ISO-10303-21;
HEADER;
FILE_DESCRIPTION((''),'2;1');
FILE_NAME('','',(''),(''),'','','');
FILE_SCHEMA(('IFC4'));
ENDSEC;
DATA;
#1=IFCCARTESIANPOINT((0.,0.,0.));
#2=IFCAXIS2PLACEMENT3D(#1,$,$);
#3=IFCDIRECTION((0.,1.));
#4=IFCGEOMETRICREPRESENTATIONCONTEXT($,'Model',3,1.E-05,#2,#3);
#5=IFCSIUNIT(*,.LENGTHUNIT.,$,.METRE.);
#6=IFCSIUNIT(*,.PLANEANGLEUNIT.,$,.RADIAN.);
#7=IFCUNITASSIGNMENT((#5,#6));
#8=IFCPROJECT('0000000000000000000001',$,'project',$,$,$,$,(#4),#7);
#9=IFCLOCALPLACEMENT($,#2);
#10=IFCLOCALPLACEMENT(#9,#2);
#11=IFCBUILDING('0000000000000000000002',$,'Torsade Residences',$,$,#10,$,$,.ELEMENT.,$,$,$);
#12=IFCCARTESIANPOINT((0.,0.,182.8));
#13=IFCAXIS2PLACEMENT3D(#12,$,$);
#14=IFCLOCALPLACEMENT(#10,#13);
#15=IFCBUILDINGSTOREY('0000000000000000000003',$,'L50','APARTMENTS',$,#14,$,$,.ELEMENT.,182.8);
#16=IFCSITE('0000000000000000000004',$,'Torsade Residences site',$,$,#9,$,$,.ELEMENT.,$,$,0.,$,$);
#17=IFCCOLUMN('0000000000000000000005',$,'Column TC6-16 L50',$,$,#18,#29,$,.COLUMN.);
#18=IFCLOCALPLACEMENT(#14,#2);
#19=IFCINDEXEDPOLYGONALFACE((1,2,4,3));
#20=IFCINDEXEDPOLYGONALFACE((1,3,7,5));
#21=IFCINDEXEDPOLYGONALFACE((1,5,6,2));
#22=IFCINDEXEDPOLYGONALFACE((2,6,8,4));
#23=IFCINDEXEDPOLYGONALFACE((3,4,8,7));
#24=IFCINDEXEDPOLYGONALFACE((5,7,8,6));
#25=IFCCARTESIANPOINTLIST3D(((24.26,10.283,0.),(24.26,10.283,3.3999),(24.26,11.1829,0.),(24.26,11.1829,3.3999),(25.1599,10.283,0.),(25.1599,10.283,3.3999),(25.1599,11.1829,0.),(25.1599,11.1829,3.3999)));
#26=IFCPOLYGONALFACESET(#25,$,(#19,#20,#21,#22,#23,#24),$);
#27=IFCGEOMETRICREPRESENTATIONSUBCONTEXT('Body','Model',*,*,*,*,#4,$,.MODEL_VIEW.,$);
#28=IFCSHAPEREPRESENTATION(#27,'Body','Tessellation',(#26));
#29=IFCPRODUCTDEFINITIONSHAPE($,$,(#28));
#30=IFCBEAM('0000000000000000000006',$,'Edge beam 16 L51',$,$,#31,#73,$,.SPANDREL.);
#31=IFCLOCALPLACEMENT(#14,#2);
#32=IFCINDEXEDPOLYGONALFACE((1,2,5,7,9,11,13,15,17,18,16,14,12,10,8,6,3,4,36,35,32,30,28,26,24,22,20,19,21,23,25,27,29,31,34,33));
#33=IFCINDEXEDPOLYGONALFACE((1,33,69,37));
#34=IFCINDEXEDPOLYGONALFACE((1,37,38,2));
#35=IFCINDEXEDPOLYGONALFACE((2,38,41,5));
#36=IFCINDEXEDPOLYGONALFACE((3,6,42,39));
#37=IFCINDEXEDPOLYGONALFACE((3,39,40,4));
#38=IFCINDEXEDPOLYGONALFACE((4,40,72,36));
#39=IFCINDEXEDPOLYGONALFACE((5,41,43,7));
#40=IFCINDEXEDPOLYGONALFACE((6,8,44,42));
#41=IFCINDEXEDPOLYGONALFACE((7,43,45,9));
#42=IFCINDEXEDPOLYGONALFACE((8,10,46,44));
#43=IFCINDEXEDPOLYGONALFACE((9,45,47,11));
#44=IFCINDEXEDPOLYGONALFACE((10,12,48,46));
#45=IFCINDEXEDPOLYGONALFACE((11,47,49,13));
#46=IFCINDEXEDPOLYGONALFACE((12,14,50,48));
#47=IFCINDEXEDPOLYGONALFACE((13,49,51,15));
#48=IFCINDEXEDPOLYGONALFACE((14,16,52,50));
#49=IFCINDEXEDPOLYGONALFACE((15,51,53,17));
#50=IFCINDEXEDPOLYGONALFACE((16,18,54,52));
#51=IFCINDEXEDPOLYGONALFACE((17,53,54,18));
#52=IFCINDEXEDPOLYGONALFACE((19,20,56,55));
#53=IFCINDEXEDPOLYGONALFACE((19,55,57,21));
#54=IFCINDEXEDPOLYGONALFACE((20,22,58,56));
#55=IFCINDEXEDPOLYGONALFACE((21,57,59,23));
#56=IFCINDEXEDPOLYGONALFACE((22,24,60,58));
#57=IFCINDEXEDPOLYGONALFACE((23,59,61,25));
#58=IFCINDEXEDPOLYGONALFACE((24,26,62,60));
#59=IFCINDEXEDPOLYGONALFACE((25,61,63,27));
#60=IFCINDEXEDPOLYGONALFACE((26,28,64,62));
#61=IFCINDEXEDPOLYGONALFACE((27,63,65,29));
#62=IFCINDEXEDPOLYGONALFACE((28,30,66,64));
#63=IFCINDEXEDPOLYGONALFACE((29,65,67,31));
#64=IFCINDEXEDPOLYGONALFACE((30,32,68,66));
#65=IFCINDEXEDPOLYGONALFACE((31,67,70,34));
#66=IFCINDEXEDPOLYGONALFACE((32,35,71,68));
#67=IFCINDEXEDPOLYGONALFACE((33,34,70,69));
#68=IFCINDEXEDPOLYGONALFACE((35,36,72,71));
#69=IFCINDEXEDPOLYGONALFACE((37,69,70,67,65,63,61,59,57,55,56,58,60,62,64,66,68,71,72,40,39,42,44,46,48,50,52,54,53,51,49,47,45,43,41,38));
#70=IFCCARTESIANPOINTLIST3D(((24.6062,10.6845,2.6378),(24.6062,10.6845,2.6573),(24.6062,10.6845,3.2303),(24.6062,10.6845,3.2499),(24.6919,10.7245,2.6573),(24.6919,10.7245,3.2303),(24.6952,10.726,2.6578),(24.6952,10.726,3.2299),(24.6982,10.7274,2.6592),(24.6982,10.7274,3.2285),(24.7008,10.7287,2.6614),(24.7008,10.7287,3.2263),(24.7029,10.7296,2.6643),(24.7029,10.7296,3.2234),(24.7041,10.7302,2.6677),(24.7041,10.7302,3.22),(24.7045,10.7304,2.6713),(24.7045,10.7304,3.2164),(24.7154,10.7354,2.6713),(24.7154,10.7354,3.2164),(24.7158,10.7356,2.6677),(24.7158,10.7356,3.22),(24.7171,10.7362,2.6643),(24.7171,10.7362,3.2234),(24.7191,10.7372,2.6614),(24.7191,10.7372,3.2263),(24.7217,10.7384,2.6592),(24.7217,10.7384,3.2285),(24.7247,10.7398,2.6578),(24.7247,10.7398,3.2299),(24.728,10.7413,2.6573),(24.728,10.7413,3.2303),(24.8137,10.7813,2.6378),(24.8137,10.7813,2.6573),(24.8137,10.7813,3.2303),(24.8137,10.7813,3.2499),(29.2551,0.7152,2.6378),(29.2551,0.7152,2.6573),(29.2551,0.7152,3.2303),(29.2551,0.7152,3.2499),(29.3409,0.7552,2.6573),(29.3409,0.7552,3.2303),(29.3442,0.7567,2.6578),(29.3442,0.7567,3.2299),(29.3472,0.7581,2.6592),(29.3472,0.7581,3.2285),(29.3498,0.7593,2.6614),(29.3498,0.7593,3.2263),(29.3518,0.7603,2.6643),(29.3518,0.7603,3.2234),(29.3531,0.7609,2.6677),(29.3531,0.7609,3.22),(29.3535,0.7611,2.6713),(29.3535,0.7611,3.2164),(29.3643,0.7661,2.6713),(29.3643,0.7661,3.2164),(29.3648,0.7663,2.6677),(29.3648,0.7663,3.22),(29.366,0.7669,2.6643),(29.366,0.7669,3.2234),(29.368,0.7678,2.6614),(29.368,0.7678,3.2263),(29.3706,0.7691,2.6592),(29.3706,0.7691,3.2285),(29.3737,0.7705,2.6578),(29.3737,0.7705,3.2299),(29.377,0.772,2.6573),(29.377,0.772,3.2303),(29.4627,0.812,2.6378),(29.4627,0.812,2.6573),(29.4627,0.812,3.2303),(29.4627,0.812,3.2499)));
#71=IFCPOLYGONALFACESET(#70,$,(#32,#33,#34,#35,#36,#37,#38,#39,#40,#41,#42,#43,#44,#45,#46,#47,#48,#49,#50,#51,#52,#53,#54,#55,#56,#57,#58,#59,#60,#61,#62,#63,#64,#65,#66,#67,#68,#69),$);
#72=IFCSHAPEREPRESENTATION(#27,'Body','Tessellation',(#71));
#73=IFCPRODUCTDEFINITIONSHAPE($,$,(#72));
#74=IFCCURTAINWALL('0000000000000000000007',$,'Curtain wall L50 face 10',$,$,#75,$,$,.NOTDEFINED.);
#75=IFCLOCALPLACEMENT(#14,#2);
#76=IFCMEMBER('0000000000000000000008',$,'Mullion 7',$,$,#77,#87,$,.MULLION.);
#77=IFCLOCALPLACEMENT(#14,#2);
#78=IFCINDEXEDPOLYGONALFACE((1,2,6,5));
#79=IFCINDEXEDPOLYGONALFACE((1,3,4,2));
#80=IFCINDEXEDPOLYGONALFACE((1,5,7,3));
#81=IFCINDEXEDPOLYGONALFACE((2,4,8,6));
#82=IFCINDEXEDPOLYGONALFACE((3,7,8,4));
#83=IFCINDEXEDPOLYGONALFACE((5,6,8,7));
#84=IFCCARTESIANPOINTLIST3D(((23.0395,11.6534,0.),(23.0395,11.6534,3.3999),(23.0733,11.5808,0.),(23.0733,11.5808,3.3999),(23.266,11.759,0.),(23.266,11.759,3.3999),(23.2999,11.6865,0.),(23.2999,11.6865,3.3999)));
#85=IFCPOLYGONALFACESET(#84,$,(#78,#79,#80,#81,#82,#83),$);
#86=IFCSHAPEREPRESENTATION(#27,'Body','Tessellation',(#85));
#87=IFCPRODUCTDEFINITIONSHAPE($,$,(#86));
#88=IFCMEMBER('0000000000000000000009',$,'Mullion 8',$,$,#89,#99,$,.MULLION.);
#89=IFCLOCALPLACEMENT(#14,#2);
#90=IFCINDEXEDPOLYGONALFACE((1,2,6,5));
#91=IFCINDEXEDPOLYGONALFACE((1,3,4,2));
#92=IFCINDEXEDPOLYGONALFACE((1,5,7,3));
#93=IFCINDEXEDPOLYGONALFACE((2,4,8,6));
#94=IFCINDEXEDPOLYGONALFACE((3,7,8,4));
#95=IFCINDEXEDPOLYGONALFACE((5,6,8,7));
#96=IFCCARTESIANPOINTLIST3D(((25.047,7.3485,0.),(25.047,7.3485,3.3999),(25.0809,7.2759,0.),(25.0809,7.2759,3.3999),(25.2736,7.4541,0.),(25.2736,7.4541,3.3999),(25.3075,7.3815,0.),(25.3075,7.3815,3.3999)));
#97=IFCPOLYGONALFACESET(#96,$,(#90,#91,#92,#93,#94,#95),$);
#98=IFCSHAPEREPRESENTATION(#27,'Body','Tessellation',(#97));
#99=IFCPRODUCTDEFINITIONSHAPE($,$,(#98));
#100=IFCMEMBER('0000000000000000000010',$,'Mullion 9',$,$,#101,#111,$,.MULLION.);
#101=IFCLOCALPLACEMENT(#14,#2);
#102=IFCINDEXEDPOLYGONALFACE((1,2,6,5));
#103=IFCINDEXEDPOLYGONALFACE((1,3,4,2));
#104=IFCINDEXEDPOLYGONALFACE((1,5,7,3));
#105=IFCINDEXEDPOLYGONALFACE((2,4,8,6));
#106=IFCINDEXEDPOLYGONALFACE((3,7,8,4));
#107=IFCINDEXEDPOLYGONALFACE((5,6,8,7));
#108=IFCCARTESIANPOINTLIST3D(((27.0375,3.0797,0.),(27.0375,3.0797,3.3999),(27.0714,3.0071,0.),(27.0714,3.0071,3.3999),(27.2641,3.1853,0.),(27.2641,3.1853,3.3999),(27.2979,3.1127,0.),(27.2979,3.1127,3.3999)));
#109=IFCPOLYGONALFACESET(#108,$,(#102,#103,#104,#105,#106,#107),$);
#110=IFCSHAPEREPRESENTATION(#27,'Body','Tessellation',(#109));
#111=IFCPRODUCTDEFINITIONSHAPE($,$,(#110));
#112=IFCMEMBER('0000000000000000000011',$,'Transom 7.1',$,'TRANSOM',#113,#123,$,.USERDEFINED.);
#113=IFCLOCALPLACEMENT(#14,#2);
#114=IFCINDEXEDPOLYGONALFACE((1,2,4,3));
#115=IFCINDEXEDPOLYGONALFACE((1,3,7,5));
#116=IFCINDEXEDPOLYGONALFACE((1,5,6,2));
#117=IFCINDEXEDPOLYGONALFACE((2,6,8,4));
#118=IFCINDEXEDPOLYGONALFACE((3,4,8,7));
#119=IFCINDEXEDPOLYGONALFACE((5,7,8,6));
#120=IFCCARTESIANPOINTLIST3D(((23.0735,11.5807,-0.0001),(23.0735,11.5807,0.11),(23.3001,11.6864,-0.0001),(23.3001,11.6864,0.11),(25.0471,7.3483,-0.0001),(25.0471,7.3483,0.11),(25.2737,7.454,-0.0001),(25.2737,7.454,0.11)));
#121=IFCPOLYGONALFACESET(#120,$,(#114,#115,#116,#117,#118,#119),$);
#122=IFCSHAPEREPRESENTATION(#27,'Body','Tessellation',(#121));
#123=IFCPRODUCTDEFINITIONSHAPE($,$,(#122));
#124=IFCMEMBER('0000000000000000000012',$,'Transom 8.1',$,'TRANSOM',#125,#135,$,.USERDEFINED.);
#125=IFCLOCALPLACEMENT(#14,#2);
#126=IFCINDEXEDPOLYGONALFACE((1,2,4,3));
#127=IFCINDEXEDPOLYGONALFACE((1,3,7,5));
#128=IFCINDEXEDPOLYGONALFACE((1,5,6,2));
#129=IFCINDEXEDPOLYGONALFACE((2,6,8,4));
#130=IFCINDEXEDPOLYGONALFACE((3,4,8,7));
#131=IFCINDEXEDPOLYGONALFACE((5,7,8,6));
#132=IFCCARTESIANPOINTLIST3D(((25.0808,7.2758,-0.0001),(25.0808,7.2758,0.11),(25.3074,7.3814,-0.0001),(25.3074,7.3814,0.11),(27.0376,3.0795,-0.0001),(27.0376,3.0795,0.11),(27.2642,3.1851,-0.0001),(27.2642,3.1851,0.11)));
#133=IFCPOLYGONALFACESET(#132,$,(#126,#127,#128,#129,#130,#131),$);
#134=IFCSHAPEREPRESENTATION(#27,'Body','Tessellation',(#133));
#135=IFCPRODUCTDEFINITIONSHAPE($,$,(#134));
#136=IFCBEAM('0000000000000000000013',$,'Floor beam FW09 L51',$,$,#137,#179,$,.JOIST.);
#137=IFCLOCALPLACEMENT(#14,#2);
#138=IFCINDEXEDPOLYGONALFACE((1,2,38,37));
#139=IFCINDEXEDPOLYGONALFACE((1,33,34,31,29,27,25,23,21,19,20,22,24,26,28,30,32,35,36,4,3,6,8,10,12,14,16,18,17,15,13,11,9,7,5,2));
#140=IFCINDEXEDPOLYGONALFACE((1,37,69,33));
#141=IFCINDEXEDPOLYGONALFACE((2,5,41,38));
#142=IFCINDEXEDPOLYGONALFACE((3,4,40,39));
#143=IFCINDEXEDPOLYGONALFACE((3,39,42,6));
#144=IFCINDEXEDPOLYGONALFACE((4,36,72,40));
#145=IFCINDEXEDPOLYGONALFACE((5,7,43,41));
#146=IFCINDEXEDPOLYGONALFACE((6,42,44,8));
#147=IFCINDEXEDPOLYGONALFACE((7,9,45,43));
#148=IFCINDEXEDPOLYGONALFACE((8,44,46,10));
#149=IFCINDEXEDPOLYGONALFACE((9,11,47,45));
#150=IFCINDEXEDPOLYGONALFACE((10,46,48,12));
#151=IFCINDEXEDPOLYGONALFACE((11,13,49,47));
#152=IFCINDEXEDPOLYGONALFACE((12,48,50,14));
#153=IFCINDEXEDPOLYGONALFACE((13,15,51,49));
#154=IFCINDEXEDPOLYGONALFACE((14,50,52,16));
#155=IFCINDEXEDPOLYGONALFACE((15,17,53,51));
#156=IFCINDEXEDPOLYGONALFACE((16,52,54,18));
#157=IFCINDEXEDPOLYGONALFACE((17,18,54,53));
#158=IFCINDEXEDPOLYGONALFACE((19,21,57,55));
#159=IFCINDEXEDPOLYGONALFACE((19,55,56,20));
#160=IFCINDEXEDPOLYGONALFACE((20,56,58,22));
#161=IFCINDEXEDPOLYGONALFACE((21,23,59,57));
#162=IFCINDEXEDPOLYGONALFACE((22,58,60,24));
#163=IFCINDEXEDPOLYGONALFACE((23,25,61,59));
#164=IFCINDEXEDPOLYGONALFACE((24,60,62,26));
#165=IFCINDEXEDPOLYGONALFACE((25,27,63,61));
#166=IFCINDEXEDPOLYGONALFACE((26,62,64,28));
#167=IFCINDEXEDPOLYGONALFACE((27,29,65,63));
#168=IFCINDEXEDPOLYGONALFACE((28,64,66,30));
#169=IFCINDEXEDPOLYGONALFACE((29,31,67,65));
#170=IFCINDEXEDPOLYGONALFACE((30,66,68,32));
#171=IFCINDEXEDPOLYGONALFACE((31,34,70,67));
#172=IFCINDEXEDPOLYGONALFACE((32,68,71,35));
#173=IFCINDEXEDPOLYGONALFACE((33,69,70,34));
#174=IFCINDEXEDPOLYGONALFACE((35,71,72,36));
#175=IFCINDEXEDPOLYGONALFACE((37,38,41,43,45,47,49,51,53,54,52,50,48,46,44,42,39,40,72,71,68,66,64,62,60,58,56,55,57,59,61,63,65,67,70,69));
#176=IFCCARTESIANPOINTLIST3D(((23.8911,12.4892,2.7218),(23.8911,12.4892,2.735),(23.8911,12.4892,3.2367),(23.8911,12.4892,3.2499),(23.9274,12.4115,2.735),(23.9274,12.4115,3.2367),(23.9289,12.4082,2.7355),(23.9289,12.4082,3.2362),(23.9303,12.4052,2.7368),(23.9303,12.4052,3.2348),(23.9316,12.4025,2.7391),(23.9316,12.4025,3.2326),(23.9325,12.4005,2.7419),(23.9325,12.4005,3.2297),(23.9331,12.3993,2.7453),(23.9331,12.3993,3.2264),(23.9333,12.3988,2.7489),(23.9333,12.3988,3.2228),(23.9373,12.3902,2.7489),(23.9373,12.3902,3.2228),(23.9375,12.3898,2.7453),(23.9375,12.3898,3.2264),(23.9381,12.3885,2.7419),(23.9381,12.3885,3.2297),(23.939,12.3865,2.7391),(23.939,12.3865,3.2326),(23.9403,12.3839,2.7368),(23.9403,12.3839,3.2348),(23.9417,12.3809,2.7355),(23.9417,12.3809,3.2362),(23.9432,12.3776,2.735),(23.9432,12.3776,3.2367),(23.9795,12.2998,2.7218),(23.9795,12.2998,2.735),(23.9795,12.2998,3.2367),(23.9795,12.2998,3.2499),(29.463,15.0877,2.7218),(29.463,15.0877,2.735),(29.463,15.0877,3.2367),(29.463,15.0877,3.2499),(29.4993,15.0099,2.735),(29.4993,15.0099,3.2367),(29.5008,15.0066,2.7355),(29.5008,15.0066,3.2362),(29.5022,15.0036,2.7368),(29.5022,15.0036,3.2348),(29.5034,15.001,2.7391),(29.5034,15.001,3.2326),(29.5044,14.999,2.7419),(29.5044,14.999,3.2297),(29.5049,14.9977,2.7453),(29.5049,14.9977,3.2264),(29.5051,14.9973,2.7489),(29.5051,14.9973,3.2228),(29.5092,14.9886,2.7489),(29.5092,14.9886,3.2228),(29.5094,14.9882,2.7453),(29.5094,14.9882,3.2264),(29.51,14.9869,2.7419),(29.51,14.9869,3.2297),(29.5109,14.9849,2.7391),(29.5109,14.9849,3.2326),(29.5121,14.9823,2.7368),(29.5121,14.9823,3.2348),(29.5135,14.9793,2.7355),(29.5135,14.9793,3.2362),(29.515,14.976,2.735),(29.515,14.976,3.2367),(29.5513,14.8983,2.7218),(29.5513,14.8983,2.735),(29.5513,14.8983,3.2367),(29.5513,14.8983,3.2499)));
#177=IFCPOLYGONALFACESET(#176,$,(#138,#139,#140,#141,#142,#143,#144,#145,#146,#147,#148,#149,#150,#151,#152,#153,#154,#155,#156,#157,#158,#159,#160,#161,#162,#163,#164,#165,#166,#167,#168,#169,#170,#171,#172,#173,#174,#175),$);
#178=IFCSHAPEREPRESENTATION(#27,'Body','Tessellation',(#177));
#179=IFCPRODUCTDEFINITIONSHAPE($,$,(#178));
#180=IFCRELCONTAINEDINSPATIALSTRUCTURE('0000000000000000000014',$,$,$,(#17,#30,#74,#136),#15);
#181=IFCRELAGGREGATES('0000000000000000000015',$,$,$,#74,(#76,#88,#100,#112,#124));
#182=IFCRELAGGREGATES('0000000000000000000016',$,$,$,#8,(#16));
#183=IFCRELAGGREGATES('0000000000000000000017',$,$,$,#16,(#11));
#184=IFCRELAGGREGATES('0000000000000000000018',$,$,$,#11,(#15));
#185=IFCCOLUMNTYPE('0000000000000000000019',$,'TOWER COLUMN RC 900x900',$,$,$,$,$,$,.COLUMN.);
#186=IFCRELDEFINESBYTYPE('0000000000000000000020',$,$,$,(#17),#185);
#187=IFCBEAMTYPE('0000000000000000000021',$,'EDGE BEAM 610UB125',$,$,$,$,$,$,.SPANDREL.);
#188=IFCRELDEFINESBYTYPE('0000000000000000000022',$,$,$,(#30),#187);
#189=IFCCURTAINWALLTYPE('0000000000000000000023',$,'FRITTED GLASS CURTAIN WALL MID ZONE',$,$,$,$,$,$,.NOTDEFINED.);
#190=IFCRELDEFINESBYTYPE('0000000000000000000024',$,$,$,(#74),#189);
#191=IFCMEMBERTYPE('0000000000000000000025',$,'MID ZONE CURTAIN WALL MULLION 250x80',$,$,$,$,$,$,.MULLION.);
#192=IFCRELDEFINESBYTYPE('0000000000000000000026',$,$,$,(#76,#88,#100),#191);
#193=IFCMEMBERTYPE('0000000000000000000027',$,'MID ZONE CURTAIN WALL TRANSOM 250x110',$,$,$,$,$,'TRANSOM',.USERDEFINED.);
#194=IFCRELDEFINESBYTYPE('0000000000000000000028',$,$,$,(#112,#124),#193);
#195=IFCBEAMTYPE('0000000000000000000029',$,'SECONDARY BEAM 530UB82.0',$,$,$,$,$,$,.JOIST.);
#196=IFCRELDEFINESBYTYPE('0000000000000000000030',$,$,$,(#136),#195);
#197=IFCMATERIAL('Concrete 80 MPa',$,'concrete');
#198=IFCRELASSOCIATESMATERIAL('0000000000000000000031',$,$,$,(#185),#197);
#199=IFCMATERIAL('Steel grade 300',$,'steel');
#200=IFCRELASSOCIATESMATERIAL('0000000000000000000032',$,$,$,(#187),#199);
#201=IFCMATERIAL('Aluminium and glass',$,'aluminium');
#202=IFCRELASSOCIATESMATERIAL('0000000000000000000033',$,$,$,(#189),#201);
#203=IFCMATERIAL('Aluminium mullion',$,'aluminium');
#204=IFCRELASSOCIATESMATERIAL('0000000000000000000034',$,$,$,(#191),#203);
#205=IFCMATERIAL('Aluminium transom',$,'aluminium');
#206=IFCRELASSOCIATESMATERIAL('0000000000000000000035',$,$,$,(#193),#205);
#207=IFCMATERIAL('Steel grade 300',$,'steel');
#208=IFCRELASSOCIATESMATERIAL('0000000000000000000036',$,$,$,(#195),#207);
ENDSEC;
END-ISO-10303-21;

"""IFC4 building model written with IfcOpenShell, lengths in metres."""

from ifc_helpers import new_model, si_unit, direction, frame, origin, origin_2d, place, context, subcontext, project, spatial, rectangle, i_section, extrude, material, material_profile, profile_set, type_object, element, aggregate, save


model = new_model("IFC4")

# Units and contexts
model_context = context("Model", 3, precision=1e-05, world=origin(), true_north=direction((0.0, 1.0)))
body_context = subcontext(model_context, "Body", "Model", "MODEL_VIEW")
ifc_project = project(units=[si_unit("LENGTHUNIT", "METRE"), si_unit("PLANEANGLEUNIT", "RADIAN")], contexts=[model_context])

# Site, building, storey
site_placement = place(None, origin())
site = spatial("IfcSite", under=ifc_project, at=site_placement, Name="Torsade Residences site", CompositionType="ELEMENT", RefElevation=0.0)
building_placement = place(site_placement, origin())
building = spatial("IfcBuilding", under=site, at=building_placement, Name="Torsade Residences", CompositionType="ELEMENT")
storey_placement = place(building_placement, frame((0.0, 0.0, 182.8)))
storey = spatial("IfcBuildingStorey", under=building, at=storey_placement, Name="L50", Description="APARTMENTS", CompositionType="ELEMENT", Elevation=182.8)

# Column
ifc_material_1 = material(Name="Concrete 80 MPa", Category="concrete")
ifc_material_profile_1 = material_profile(ifc_material_1, rectangle(XDim=0.8999, YDim=0.8999, at=origin_2d()), Name="RC 900x900")
ifc_profile_set_1 = profile_set([ifc_material_profile_1], Name="Concrete 80 MPa")
column_type = type_object("IfcColumnType", Name="TOWER COLUMN RC 900x900", PredefinedType="COLUMN", material=ifc_profile_set_1)
column_placement = place(storey_placement, frame((24.71, 10.7329, 0.0), z_axis=(0.0, 0.0, 1.0), x_axis=(1.0, 0.0, 0.0)))
element("IfcColumn", 1, at=column_placement, inside=storey, type_object=column_type, Name="Column TC6-16 L50", PredefinedType="COLUMN", context=body_context, shape_type="SweptSolid", body=[
    extrude(rectangle(XDim=0.8999, YDim=0.8999, at=origin_2d()), origin(), (0.0, 0.0, 1.0), 3.3999),
])

# Beam
ifc_material_2 = material(Name="Steel grade 300", Category="steel")
ifc_material_profile_2 = material_profile(ifc_material_2, i_section(OverallWidth=0.229, OverallDepth=0.6121, WebThickness=0.012, FlangeThickness=0.0195, FilletRadius=0.0139, at=origin_2d()), Name="610UB125")
ifc_profile_set_2 = profile_set([ifc_material_profile_2], Name="Steel grade 300")
beam_type_1 = type_object("IfcBeamType", Name="EDGE BEAM 610UB125", PredefinedType="SPANDREL", material=ifc_profile_set_2)
beam_1_placement = place(storey_placement, frame((24.71, 10.7329, 2.9438), z_axis=(0.422633, -0.906301, 0.0), x_axis=(0.906301, 0.422633, 0.0)))
element("IfcBeam", 2, at=beam_1_placement, inside=storey, type_object=beam_type_1, Name="Edge beam 16 L51", PredefinedType="SPANDREL", context=body_context, shape_type="SweptSolid", body=[
    extrude(i_section(OverallWidth=0.229, OverallDepth=0.6121, WebThickness=0.012, FlangeThickness=0.0195, FilletRadius=0.0139, at=origin_2d()), origin(), (0.0, 0.0, 1.0), 11.0),
])

# Curtain wall, members
ifc_material_3 = material(Name="Aluminium and glass", Category="aluminium")
curtain_wall_type = type_object("IfcCurtainWallType", Name="FRITTED GLASS CURTAIN WALL MID ZONE", PredefinedType="NOTDEFINED", material=ifc_material_3)
curtain_wall_placement = place(storey_placement, origin())
curtain_wall = element("IfcCurtainWall", 3, at=curtain_wall_placement, inside=storey, type_object=curtain_wall_type, Name="Curtain wall L50 face 10", PredefinedType="NOTDEFINED")
ifc_material_4 = material(Name="Aluminium mullion", Category="aluminium")
ifc_material_profile_3 = material_profile(ifc_material_4, rectangle(XDim=0.25, YDim=0.0801, at=origin_2d()), Name="MID ZONE CURTAIN WALL MULLION 250x80")
ifc_profile_set_3 = profile_set([ifc_material_profile_3], Name="Aluminium mullion")
member_type_1 = type_object("IfcMemberType", Name="MID ZONE CURTAIN WALL MULLION 250x80", PredefinedType="MULLION", material=ifc_profile_set_3)
member_1_placement = place(storey_placement, frame((23.1697, 11.6699, 0.0), z_axis=(0.0, 0.0, 1.0), x_axis=(0.906308, 0.422618, 0.0)))
member_1 = element("IfcMember", 4, at=member_1_placement, type_object=member_type_1, Name="Mullion 7", PredefinedType="MULLION", context=body_context, shape_type="SweptSolid", body=[
    extrude(rectangle(XDim=0.25, YDim=0.0801, at=origin_2d()), origin(), (0.0, 0.0, 1.0), 3.3999),
])
member_2_placement = place(storey_placement, frame((25.1772, 7.365, 0.0), z_axis=(0.0, 0.0, 1.0), x_axis=(0.906308, 0.422618, 0.0)))
member_2 = element("IfcMember", 5, at=member_2_placement, type_object=member_type_1, Name="Mullion 8", PredefinedType="MULLION", context=body_context, shape_type="SweptSolid", body=[
    extrude(rectangle(XDim=0.25, YDim=0.0801, at=origin_2d()), origin(), (0.0, 0.0, 1.0), 3.3999),
])
member_3_placement = place(storey_placement, frame((27.1677, 3.0962, 0.0), z_axis=(0.0, 0.0, 1.0), x_axis=(0.906308, 0.422618, 0.0)))
member_3 = element("IfcMember", 6, at=member_3_placement, type_object=member_type_1, Name="Mullion 9", PredefinedType="MULLION", context=body_context, shape_type="SweptSolid", body=[
    extrude(rectangle(XDim=0.25, YDim=0.0801, at=origin_2d()), origin(), (0.0, 0.0, 1.0), 3.3999),
])
ifc_material_5 = material(Name="Aluminium transom", Category="aluminium")
ifc_material_profile_4 = material_profile(ifc_material_5, rectangle(XDim=0.25, YDim=0.1101, at=origin_2d()), Name="MID ZONE CURTAIN WALL TRANSOM 250x110")
ifc_profile_set_4 = profile_set([ifc_material_profile_4], Name="Aluminium transom")
member_type_2 = type_object("IfcMemberType", Name="MID ZONE CURTAIN WALL TRANSOM 250x110", ElementType="TRANSOM", PredefinedType="USERDEFINED", material=ifc_profile_set_4)
member_4_placement = place(storey_placement, frame((23.1868, 11.6335, 0.0549), z_axis=(0.422622, -0.906306, 0.0), x_axis=(0.906306, 0.422622, 0.0)))
member_4 = element("IfcMember", 7, at=member_4_placement, type_object=member_type_2, Name="Transom 7.1", ObjectType="TRANSOM", PredefinedType="USERDEFINED", context=body_context, shape_type="SweptSolid", body=[
    extrude(rectangle(XDim=0.25, YDim=0.1101, at=origin_2d()), origin(), (0.0, 0.0, 1.0), 4.6699),
])
member_5_placement = place(storey_placement, frame((25.1941, 7.3286, 0.0549), z_axis=(0.422623, -0.906306, 0.0), x_axis=(0.906306, 0.422623, 0.0)))
member_5 = element("IfcMember", 8, at=member_5_placement, type_object=member_type_2, Name="Transom 8.1", ObjectType="TRANSOM", PredefinedType="USERDEFINED", context=body_context, shape_type="SweptSolid", body=[
    extrude(rectangle(XDim=0.25, YDim=0.1101, at=origin_2d()), origin(), (0.0, 0.0, 1.0), 4.6301),
])

# Beam
ifc_material_6 = material(Name="Steel grade 300", Category="steel")
ifc_material_profile_5 = material_profile(ifc_material_6, i_section(OverallWidth=0.209, OverallDepth=0.5281, WebThickness=0.0095, FlangeThickness=0.0132, FilletRadius=0.0139, at=origin_2d()), Name="530UB82.0")
ifc_profile_set_5 = profile_set([ifc_material_profile_5], Name="Steel grade 300")
beam_type_2 = type_object("IfcBeamType", Name="SECONDARY BEAM 530UB82.0", PredefinedType="JOIST", material=ifc_profile_set_5)
beam_2_placement = place(storey_placement, frame((23.9353, 12.3945, 2.9858), z_axis=(0.906294, 0.422648, 0.0), x_axis=(-0.422648, 0.906294, 0.0)))
element("IfcBeam", 9, at=beam_2_placement, inside=storey, type_object=beam_type_2, Name="Floor beam FW09 L51", PredefinedType="JOIST", context=body_context, shape_type="SweptSolid", body=[
    extrude(i_section(OverallWidth=0.209, OverallDepth=0.5281, WebThickness=0.0095, FlangeThickness=0.0132, FilletRadius=0.0139, at=origin_2d()), origin(), (0.0, 0.0, 1.0), 6.1479),
])

aggregate(curtain_wall, [member_1, member_2, member_3, member_4, member_5])

save(model, "model.ifc")
